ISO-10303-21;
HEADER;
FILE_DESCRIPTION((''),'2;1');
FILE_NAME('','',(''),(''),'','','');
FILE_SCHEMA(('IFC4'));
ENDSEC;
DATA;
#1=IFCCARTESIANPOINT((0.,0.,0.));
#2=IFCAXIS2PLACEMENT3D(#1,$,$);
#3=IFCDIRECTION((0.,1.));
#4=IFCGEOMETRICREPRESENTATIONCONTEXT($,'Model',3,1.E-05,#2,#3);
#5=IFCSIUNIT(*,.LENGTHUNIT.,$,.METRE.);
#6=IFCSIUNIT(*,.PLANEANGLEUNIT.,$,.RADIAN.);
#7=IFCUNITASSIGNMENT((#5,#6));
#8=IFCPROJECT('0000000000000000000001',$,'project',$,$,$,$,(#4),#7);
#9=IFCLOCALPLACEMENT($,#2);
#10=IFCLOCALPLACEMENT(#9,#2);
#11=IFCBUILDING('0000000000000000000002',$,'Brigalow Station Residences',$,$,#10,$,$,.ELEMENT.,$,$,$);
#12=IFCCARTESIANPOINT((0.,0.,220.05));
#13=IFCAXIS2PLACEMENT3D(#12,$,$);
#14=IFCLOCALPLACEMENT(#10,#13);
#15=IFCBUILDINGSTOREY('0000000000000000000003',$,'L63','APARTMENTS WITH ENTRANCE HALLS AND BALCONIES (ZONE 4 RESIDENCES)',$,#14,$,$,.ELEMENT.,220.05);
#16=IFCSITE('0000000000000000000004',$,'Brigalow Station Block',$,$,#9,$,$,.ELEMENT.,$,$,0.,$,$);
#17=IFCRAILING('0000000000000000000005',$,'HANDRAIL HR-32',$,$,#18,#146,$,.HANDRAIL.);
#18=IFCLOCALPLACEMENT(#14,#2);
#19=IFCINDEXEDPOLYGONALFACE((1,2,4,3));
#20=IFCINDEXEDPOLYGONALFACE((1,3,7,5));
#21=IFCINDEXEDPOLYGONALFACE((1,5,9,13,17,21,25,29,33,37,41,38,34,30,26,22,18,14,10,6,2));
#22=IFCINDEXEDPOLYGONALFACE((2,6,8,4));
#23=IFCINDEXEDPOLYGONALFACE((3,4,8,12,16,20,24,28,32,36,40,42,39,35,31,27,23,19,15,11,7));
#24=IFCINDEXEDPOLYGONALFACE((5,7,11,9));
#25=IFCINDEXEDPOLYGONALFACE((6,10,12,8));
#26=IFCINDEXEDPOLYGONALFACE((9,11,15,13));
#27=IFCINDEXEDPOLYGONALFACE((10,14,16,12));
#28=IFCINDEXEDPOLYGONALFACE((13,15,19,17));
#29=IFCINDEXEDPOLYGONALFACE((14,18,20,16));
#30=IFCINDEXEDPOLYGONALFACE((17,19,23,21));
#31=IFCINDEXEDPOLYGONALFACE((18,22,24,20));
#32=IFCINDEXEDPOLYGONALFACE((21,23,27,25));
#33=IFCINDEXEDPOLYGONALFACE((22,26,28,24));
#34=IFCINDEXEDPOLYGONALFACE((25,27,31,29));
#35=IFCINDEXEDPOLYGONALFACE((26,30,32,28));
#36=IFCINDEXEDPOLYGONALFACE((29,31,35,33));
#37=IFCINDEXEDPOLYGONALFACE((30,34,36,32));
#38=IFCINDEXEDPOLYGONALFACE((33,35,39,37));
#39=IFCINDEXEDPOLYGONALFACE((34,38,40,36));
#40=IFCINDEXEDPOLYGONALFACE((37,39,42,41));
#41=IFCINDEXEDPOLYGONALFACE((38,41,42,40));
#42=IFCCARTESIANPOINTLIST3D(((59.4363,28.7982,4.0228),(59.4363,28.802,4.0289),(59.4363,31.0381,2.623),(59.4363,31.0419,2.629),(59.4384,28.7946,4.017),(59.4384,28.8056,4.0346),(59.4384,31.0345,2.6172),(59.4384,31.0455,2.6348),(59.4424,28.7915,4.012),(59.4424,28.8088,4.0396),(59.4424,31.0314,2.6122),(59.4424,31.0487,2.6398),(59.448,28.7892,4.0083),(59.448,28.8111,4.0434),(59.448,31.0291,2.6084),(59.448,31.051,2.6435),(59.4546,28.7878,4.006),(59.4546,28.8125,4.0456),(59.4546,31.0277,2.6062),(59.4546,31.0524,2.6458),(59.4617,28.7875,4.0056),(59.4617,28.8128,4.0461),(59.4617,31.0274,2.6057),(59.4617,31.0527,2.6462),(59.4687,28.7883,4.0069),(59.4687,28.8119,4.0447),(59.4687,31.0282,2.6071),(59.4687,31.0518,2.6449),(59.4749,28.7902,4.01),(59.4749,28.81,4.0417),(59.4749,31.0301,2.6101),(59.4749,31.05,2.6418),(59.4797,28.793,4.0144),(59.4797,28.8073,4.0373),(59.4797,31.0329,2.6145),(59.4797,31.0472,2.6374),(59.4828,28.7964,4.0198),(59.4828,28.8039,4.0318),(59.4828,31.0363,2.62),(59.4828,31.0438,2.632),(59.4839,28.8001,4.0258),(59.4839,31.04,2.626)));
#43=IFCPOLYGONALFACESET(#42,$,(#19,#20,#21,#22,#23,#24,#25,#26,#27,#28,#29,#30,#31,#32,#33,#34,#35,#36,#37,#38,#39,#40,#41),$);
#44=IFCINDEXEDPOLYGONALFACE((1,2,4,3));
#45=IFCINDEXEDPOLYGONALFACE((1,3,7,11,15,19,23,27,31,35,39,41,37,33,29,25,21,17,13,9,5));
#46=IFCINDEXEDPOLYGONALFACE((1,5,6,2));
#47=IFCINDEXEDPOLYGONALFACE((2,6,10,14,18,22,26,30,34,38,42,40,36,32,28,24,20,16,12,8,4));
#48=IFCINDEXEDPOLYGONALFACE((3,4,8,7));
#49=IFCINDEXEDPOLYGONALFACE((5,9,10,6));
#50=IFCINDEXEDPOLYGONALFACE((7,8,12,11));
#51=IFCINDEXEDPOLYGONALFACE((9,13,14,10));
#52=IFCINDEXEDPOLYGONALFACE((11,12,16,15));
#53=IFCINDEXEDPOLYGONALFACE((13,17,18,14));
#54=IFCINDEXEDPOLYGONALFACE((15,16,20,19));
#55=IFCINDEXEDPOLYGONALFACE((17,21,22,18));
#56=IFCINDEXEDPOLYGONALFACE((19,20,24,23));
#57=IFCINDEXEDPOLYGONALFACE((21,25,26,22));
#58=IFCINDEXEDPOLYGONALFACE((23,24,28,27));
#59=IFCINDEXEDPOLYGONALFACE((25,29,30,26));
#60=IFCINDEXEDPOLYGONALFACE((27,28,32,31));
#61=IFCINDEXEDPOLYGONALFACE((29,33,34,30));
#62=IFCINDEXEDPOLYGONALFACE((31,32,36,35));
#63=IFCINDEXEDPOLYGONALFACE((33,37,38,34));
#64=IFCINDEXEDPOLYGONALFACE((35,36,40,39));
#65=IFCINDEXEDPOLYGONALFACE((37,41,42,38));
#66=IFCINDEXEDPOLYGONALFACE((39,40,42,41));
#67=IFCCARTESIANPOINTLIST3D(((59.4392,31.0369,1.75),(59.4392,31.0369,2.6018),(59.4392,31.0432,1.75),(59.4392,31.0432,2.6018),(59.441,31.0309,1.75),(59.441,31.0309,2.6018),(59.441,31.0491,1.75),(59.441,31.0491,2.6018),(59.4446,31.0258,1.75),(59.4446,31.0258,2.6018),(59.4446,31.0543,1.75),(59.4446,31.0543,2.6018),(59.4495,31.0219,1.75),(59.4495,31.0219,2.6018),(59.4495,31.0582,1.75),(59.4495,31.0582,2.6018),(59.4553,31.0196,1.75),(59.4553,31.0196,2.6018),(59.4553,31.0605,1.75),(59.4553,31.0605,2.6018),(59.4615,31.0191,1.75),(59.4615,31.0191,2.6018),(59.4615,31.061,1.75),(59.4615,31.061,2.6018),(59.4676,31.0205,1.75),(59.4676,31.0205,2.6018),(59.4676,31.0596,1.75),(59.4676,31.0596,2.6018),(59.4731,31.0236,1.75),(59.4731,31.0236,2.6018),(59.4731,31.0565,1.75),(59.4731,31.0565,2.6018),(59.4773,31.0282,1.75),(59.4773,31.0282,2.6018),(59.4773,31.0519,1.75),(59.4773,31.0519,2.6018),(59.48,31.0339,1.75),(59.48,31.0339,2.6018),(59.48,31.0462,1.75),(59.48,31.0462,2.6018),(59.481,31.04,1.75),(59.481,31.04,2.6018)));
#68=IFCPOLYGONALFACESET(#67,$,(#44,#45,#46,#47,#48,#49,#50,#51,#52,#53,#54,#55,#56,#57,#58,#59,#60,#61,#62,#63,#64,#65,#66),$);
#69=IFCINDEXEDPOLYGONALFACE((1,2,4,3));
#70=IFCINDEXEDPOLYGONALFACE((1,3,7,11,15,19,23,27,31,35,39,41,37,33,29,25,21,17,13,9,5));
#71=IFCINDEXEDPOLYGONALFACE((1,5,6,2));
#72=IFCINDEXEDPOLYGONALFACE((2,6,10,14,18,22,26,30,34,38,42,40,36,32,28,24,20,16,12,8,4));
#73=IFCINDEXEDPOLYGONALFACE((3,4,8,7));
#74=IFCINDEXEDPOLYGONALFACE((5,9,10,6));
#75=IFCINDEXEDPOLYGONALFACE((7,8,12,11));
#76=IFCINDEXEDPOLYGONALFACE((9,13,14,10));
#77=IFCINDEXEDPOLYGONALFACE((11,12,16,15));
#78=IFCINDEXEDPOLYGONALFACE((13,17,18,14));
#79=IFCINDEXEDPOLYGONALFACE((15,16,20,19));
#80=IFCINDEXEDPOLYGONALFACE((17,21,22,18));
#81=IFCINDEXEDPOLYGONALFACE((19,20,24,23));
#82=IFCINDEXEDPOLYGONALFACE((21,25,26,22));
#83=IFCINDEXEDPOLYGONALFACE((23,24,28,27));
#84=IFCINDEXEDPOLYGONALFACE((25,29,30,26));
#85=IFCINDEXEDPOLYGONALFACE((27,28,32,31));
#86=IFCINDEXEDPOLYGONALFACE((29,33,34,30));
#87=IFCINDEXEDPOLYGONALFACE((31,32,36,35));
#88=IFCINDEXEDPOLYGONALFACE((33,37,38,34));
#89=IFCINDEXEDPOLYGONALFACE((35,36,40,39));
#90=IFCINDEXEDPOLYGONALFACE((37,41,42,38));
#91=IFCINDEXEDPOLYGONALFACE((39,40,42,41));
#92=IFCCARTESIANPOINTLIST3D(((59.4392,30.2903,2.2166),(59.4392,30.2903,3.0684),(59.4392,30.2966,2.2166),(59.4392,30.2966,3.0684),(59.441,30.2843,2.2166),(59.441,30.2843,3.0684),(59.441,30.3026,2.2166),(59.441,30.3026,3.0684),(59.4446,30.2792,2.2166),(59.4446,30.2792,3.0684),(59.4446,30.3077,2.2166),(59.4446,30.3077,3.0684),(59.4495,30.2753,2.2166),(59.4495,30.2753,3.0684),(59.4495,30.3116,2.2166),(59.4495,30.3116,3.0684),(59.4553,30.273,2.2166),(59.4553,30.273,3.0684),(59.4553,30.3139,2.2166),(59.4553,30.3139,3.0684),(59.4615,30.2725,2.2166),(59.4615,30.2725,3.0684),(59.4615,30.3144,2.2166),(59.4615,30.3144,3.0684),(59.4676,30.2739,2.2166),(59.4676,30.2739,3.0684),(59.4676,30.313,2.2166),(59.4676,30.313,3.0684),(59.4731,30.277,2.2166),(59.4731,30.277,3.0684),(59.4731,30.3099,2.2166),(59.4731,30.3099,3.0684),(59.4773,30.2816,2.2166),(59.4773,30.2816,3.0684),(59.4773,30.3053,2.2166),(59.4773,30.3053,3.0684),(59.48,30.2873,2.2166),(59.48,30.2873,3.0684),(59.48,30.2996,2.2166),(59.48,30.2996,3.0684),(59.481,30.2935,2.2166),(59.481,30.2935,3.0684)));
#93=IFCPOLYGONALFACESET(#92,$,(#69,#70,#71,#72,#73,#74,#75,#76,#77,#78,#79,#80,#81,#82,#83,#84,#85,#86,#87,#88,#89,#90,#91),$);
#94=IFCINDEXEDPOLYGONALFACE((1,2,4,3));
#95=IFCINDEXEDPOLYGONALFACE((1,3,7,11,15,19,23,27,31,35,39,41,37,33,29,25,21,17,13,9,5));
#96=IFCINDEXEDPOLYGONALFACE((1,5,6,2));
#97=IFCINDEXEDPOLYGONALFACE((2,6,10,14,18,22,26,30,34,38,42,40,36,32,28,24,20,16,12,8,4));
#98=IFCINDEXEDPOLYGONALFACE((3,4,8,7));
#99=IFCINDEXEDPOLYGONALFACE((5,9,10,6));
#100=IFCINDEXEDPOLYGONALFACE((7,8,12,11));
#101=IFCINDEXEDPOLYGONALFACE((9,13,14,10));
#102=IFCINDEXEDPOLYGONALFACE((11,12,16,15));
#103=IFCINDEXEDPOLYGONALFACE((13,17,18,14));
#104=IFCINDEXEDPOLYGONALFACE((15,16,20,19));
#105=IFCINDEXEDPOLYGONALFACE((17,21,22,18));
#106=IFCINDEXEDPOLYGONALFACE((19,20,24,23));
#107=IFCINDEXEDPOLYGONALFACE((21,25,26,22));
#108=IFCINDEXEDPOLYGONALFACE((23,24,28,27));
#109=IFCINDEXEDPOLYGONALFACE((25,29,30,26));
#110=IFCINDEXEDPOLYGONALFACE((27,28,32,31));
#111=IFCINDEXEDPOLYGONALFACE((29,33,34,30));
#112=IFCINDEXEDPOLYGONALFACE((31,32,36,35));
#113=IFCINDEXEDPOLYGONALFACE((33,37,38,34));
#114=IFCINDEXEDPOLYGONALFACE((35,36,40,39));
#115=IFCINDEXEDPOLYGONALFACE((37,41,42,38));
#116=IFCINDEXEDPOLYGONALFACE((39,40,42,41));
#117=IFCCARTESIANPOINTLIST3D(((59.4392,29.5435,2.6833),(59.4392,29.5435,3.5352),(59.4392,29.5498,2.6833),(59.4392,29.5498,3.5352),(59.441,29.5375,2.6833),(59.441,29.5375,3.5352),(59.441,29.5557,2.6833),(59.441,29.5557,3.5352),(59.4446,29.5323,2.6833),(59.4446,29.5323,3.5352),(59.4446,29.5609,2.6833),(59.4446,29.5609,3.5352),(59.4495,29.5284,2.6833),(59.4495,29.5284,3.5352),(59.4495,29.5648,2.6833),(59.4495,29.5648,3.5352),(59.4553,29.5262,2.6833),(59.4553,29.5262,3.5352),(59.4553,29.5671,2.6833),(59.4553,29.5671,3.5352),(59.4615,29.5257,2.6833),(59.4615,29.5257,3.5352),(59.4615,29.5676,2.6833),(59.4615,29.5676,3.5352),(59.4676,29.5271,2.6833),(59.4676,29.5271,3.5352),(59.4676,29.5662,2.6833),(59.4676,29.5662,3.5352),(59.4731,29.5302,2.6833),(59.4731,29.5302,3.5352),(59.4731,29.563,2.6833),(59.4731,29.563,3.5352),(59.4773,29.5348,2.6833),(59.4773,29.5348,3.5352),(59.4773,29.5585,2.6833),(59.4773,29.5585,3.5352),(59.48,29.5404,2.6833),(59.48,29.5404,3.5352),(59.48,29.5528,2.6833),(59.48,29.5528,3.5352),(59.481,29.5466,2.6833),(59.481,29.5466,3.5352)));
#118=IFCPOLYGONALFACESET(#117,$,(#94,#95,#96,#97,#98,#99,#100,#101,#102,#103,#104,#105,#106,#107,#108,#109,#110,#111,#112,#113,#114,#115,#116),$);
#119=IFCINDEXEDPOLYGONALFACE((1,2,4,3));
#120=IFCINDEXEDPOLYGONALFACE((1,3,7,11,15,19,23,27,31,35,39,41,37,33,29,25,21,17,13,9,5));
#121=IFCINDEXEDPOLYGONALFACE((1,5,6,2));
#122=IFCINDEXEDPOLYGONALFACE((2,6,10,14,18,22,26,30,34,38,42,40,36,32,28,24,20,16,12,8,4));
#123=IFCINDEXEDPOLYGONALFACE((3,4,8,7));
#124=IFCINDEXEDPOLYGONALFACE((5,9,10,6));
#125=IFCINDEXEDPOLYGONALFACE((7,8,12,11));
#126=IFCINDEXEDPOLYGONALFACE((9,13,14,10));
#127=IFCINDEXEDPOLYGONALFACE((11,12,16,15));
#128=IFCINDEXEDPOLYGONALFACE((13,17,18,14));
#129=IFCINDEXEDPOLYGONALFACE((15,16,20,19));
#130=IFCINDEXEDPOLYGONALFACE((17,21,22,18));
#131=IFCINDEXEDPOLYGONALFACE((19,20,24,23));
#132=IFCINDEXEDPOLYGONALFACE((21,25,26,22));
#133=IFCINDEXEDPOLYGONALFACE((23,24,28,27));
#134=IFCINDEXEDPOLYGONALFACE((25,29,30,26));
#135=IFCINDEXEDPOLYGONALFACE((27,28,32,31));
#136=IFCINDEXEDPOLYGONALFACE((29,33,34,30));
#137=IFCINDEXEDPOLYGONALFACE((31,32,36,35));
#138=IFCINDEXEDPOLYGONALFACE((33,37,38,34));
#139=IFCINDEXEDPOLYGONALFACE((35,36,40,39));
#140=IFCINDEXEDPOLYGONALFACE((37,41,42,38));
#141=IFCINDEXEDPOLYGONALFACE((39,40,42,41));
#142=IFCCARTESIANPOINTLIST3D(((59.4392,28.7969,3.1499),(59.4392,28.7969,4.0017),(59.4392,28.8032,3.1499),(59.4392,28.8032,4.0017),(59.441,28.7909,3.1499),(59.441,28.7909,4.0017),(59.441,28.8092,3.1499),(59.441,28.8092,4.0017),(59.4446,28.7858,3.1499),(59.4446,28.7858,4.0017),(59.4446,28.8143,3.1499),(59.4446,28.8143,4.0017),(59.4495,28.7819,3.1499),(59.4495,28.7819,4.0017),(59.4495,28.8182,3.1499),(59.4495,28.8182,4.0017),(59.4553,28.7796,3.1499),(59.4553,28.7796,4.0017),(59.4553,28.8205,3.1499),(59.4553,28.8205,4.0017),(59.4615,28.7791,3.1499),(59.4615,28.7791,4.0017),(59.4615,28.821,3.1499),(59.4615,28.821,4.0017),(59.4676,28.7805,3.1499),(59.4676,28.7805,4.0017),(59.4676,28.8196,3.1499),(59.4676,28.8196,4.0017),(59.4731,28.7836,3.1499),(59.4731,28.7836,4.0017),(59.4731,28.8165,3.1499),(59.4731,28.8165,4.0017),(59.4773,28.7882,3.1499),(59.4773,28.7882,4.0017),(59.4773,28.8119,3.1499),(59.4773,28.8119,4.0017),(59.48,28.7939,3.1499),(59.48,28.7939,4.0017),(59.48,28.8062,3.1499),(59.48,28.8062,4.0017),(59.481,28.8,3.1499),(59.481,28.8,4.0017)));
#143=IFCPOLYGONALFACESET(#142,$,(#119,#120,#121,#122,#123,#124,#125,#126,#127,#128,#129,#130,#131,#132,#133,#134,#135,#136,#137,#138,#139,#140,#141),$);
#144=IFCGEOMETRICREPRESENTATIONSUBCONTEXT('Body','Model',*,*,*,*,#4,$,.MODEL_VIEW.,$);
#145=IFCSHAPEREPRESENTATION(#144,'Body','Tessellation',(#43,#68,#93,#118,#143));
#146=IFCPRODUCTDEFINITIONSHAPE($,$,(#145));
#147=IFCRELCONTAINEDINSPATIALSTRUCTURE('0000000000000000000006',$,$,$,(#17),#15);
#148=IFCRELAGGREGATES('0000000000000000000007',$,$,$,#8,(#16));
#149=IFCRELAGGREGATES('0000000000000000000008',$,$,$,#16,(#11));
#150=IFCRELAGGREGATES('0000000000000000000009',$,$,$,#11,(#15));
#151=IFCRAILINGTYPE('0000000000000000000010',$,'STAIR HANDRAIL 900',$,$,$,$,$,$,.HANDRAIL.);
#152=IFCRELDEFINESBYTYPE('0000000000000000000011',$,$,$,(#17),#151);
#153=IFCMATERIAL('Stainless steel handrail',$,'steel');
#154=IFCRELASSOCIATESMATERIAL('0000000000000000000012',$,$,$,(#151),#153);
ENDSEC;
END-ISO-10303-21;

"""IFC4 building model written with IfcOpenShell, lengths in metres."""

from ifc_helpers import new_model, si_unit, direction, frame, origin, origin_2d, place, context, subcontext, project, spatial, circle, extrude, material, type_object, element, save


model = new_model("IFC4")

# Units and contexts
model_context = context("Model", 3, precision=1e-05, world=origin(), true_north=direction((0.0, 1.0)))
body_context = subcontext(model_context, "Body", "Model", "MODEL_VIEW")
ifc_project = project(units=[si_unit("LENGTHUNIT", "METRE"), si_unit("PLANEANGLEUNIT", "RADIAN")], contexts=[model_context])

# Site, building, storey
site_placement = place(None, origin())
site = spatial("IfcSite", under=ifc_project, at=site_placement, Name="Brigalow Station Block", CompositionType="ELEMENT", RefElevation=0.0)
building_placement = place(site_placement, origin())
building = spatial("IfcBuilding", under=site, at=building_placement, Name="Brigalow Station Residences", CompositionType="ELEMENT")
storey_placement = place(building_placement, frame((0.0, 0.0, 220.05)))
storey = spatial("IfcBuildingStorey", under=building, at=storey_placement, Name="L63", Description="APARTMENTS WITH ENTRANCE HALLS AND BALCONIES (ZONE 4 RESIDENCES)", CompositionType="ELEMENT", Elevation=220.05)

# Railing
ifc_material_1 = material(Name="Stainless steel handrail", Category="steel")
railing_type_1 = type_object("IfcRailingType", Name="STAIR HANDRAIL 900", PredefinedType="HANDRAIL", material=ifc_material_1)
railing_1_placement = place(storey_placement, frame((59.46, 31.04, 1.75)))
element("IfcRailing", 1, at=railing_1_placement, inside=storey, type_object=railing_type_1, Name="HANDRAIL HR-32", PredefinedType="HANDRAIL", context=body_context, shape_type="SweptSolid", body=[
    extrude(circle(Radius=0.0239, at=origin_2d()), frame((0.0, 0.0, 0.876), z_axis=(0.0, -0.848014, 0.529974), x_axis=(1.0, 0.0, 0.0)), (0.0, 0.0, 1.0), 2.6414),
    extrude(circle(Radius=0.021, at=origin_2d()), origin(), (0.0, 0.0, 1.0), 0.8518),
    extrude(circle(Radius=0.021, at=origin_2d()), frame((0.0, -0.7466, 0.4666)), (0.0, 0.0, 1.0), 0.8518),
    extrude(circle(Radius=0.021, at=origin_2d()), frame((0.0, -1.4934, 0.9333)), (0.0, 0.0, 1.0), 0.8518),
    extrude(circle(Radius=0.021, at=origin_2d()), frame((0.0, -2.24, 1.3999)), (0.0, 0.0, 1.0), 0.8518),
])

save(model, "model.ifc")
